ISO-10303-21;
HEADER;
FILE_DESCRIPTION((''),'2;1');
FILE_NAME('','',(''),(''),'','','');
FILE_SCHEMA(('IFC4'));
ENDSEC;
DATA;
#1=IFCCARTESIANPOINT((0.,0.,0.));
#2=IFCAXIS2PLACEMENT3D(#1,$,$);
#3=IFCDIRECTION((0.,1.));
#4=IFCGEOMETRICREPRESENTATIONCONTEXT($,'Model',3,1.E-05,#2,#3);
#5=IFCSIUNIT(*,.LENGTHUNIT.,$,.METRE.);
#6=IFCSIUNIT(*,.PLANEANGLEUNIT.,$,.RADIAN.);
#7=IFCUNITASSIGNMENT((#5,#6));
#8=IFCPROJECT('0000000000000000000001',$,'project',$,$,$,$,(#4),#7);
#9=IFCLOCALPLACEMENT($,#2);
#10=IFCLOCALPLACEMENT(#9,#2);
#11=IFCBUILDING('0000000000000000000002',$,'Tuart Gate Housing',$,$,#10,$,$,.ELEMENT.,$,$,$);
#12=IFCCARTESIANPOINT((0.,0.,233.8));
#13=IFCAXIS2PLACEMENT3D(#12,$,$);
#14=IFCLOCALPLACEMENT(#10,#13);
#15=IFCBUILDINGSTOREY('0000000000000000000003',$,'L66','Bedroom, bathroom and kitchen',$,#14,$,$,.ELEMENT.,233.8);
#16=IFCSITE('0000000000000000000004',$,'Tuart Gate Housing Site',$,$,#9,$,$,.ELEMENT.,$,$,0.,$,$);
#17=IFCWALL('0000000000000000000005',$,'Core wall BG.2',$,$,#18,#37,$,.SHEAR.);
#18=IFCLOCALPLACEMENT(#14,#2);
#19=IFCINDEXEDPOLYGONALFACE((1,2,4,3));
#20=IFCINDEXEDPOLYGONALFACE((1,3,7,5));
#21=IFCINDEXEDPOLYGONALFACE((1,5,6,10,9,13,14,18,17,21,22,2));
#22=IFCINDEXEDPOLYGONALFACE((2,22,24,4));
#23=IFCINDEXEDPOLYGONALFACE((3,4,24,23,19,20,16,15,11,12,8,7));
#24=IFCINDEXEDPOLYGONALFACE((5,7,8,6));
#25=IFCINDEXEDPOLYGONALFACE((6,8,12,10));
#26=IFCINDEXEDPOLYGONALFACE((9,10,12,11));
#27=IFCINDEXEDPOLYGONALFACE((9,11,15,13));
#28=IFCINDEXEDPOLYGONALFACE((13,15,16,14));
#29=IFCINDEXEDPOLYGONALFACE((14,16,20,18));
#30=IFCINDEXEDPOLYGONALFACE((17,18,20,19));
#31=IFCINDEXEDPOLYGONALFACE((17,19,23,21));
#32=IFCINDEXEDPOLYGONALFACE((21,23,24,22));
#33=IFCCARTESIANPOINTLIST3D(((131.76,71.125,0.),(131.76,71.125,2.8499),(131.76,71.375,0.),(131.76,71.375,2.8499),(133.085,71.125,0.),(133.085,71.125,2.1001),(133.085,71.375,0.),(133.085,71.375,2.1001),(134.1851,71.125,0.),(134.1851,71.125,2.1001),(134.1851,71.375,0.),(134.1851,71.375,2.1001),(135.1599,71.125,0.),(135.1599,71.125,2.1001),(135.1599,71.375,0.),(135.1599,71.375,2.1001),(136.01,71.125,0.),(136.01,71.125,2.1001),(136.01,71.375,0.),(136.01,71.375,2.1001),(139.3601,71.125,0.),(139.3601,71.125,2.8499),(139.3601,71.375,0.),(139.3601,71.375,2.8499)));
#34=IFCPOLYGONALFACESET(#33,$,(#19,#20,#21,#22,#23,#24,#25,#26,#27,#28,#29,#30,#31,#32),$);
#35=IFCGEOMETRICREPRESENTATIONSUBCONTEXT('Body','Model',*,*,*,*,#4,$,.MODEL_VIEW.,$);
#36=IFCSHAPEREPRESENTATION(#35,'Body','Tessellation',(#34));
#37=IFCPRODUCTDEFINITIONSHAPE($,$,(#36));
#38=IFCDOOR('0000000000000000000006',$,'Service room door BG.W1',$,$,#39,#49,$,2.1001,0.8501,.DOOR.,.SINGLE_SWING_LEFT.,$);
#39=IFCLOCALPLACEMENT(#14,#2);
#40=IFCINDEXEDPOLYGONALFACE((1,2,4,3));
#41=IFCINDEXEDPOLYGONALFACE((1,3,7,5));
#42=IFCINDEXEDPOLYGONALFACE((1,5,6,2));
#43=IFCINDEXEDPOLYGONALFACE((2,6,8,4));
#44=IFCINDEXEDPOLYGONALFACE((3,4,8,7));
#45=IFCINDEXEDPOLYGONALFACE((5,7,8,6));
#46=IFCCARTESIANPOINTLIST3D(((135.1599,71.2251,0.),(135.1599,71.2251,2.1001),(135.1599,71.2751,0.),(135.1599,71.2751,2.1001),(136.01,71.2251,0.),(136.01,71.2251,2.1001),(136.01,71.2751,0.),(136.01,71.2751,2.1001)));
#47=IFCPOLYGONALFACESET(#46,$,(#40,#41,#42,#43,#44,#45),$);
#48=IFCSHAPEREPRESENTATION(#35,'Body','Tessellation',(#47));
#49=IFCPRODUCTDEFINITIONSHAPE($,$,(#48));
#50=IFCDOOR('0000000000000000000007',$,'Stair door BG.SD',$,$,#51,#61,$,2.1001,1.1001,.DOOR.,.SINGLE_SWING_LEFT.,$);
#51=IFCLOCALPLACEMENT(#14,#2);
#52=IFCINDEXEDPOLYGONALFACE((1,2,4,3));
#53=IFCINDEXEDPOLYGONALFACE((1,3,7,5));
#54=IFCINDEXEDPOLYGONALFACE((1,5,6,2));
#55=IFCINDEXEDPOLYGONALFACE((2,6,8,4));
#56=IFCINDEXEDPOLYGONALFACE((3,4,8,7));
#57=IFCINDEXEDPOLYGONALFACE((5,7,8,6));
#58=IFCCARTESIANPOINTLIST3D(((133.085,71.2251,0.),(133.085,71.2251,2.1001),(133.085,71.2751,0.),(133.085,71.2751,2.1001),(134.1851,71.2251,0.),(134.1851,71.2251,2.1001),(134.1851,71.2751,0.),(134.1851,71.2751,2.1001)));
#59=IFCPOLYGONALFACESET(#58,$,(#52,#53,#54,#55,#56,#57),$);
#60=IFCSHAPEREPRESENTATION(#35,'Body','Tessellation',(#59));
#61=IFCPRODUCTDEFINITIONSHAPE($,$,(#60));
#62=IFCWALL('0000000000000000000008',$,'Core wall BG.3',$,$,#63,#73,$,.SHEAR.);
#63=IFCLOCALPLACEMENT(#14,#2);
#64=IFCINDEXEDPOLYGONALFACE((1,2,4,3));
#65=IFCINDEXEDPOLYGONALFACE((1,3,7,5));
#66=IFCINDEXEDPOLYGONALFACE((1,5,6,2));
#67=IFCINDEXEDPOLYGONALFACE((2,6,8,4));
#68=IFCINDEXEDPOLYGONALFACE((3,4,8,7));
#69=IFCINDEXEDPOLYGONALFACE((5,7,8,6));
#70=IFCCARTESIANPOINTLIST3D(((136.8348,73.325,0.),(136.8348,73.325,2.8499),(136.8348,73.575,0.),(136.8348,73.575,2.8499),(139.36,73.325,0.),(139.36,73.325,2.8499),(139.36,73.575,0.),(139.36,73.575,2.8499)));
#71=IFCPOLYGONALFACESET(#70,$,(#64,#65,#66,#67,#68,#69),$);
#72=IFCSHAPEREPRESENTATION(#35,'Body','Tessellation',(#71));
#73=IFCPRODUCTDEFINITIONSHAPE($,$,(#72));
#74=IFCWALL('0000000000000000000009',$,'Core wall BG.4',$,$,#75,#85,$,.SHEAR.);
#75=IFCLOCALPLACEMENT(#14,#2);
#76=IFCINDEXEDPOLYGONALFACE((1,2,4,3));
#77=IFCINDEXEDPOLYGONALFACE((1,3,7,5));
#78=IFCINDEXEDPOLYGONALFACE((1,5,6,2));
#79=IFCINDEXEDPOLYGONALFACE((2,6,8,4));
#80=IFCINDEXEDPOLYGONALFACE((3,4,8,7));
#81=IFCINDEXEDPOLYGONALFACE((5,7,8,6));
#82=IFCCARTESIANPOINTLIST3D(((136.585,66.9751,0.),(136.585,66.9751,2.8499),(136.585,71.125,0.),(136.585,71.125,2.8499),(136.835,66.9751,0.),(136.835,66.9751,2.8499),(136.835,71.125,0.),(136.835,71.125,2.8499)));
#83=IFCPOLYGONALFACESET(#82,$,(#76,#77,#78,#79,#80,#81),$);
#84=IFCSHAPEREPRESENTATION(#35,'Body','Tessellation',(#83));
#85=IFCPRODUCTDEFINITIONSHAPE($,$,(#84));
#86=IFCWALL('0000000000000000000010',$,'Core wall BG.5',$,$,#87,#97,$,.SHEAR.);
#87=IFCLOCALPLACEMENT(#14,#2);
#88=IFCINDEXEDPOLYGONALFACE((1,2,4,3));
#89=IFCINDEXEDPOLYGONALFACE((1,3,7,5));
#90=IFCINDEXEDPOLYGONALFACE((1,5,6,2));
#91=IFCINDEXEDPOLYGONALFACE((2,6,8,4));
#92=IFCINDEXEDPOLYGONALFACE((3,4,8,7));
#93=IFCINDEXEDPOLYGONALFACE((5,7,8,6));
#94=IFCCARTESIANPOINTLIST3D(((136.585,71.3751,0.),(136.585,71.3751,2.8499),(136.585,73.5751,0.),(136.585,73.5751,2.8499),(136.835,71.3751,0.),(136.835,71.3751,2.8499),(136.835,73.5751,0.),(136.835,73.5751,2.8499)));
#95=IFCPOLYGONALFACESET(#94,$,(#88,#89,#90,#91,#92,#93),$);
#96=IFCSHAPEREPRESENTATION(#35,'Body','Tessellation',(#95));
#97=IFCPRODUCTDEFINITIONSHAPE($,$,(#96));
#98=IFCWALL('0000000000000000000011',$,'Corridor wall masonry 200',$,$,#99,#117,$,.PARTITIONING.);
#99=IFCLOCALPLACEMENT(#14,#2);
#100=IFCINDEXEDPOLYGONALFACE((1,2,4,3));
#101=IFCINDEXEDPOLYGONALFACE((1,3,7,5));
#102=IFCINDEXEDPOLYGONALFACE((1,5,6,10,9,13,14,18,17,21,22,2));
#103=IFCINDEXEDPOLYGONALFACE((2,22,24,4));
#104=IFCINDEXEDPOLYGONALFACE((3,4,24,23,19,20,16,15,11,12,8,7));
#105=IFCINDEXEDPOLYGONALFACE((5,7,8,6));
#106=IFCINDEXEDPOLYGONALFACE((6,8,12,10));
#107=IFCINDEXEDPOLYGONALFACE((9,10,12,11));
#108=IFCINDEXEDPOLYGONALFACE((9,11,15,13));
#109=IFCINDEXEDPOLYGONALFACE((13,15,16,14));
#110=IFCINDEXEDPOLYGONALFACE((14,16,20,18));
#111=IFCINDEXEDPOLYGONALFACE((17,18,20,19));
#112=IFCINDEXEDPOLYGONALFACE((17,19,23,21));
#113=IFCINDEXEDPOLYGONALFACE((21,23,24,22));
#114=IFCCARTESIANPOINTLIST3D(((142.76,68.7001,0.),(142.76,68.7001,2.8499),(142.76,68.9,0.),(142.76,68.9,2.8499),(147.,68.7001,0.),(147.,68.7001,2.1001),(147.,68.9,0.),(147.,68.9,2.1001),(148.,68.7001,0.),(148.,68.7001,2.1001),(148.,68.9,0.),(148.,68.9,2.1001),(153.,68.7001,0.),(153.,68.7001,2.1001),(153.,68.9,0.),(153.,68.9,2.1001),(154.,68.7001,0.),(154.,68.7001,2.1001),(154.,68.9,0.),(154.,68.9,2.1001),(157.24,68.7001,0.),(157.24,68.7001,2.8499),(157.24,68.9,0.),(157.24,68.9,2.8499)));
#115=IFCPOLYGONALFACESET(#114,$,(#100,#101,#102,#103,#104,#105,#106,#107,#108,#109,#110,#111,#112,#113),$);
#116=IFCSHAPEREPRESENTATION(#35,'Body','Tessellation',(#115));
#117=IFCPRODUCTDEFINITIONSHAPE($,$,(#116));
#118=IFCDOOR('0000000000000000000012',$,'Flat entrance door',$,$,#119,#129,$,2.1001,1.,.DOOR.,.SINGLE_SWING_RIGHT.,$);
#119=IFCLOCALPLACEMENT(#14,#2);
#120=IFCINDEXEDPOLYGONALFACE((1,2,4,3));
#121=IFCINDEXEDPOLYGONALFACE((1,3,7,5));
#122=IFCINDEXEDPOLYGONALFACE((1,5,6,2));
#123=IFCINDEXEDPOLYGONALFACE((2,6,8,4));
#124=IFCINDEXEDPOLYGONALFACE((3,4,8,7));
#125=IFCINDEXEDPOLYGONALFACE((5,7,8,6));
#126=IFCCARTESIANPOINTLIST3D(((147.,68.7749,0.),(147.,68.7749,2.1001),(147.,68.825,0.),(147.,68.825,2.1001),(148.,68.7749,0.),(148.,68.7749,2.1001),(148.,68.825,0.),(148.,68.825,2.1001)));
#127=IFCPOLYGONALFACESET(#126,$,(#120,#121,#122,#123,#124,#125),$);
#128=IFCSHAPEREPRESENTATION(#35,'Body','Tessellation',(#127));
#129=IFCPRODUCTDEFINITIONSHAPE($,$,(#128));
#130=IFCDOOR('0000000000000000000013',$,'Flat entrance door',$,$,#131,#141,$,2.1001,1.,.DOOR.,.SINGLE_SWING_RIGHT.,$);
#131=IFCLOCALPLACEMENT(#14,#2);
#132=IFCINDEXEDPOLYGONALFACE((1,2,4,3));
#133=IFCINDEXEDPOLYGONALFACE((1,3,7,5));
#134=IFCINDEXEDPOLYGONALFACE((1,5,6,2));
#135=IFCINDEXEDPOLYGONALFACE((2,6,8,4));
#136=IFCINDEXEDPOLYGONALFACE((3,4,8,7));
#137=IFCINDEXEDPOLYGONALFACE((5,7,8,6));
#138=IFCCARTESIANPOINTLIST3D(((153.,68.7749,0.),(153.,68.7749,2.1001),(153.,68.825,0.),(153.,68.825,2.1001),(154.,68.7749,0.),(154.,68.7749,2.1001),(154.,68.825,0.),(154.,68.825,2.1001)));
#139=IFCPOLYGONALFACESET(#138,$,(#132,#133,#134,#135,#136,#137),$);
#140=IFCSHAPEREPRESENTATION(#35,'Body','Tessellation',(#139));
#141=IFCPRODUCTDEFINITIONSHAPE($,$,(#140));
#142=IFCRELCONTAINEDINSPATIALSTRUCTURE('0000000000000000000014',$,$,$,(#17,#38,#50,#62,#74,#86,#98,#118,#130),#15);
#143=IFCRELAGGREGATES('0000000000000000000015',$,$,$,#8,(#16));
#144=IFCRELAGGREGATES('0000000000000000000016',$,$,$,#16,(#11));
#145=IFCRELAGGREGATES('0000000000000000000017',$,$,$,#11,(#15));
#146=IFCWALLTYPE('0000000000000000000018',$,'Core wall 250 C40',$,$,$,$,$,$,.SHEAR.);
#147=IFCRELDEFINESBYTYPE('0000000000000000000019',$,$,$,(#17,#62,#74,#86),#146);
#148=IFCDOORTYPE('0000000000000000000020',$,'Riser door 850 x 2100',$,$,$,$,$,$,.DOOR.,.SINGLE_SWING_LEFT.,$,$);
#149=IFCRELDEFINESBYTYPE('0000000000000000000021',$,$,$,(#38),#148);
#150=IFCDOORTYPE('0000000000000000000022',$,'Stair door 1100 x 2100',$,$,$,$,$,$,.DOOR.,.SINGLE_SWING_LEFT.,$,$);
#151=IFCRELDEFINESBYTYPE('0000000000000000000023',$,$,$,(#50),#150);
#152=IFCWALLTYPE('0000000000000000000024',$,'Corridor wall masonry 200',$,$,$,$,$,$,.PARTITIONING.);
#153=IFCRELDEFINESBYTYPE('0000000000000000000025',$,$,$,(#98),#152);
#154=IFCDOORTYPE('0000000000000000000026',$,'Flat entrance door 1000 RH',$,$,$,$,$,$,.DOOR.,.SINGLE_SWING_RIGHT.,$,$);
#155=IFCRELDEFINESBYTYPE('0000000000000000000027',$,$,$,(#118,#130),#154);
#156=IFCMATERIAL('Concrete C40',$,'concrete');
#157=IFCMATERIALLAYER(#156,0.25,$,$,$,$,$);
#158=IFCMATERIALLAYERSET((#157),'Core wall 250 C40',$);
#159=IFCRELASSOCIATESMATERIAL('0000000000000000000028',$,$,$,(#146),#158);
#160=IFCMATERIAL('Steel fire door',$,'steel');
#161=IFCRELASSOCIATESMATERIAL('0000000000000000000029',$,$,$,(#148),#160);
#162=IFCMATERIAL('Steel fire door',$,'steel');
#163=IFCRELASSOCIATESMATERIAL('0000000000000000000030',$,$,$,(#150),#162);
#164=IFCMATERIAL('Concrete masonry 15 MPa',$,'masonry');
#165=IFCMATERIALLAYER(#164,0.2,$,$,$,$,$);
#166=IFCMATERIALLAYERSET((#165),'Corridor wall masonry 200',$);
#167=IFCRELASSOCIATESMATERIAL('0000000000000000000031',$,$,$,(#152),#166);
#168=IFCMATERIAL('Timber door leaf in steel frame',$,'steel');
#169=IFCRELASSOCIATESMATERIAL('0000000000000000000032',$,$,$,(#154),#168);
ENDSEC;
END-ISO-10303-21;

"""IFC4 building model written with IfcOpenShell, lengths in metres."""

from ifc_helpers import new_model, si_unit, direction, frame, frame_2d, origin, place, context, subcontext, project, spatial, rectangle, extrude, material, layer, layer_set, type_object, element, fill, save


model = new_model("IFC4")

# Units and contexts
model_context = context("Model", 3, precision=1e-05, world=origin(), true_north=direction((0.0, 1.0)))
body_context = subcontext(model_context, "Body", "Model", "MODEL_VIEW")
ifc_project = project(units=[si_unit("LENGTHUNIT", "METRE"), si_unit("PLANEANGLEUNIT", "RADIAN")], contexts=[model_context])

# Site, building, storey
site_placement = place(None, origin())
site = spatial("IfcSite", under=ifc_project, at=site_placement, Name="Tuart Gate Housing Site", CompositionType="ELEMENT", RefElevation=0.0)
building_placement = place(site_placement, origin())
building = spatial("IfcBuilding", under=site, at=building_placement, Name="Tuart Gate Housing", CompositionType="ELEMENT")
storey_placement = place(building_placement, frame((0.0, 0.0, 233.8)))
storey = spatial("IfcBuildingStorey", under=building, at=storey_placement, Name="L66", Description="Bedroom, bathroom and kitchen", CompositionType="ELEMENT", Elevation=233.8)

# Wall, openings, doors
ifc_material_1 = material(Name="Concrete C40", Category="concrete")
ifc_layer_1 = layer(ifc_material_1, 0.25)
ifc_layer_set_1 = layer_set([ifc_layer_1], Name="Core wall 250 C40")
wall_type_1 = type_object("IfcWallType", Name="Core wall 250 C40", PredefinedType="SHEAR", material=ifc_layer_set_1)
wall_1_placement = place(storey_placement, frame((139.3601, 71.25, 0.0), z_axis=(0.0, 0.0, 1.0), x_axis=(-1.0, 0.0, 0.0)))
wall_1 = element("IfcWall", 1, at=wall_1_placement, inside=storey, type_object=wall_type_1, Name="Core wall BG.2", PredefinedType="SHEAR", context=body_context, shape_type="SweptSolid", body=[
    extrude(rectangle(XDim=7.6001, YDim=0.25, at=frame_2d((3.8, 0.0))), origin(), (0.0, 0.0, 1.0), 2.8499),
])
opening_1_placement = place(wall_1_placement, frame((5.175, 0.0, 0.0)))
opening_1 = element("IfcOpeningElement", 2, at=opening_1_placement, cuts=wall_1, PredefinedType="OPENING", context=body_context, shape_type="SweptSolid", body=[
    extrude(rectangle(XDim=1.1001, YDim=2.1001, at=frame_2d((0.55, 1.05))), frame((0.0, 0.135, 0.0), z_axis=(0.0, -1.0, 0.0), x_axis=(1.0, 0.0, 0.0)), (0.0, 0.0, 1.0), 0.27),
])
opening_2_placement = place(wall_1_placement, frame((3.3501, 0.0, 0.0)))
opening_2 = element("IfcOpeningElement", 3, at=opening_2_placement, cuts=wall_1, PredefinedType="OPENING", context=body_context, shape_type="SweptSolid", body=[
    extrude(rectangle(XDim=0.8501, YDim=2.1001, at=frame_2d((0.425, 1.05))), frame((0.0, 0.135, 0.0), z_axis=(0.0, -1.0, 0.0), x_axis=(1.0, 0.0, 0.0)), (0.0, 0.0, 1.0), 0.27),
])
ifc_material_2 = material(Name="Steel fire door", Category="steel")
door_type_1 = type_object("IfcDoorType", Name="Riser door 850 x 2100", OperationType="SINGLE_SWING_LEFT", PredefinedType="DOOR", material=ifc_material_2)
door_1_placement = place(opening_2_placement, origin())
door_1 = element("IfcDoor", 4, at=door_1_placement, inside=storey, type_object=door_type_1, Name="Service room door BG.W1", OperationType="SINGLE_SWING_LEFT", OverallHeight=2.1001, OverallWidth=0.8501, PredefinedType="DOOR", context=body_context, shape_type="SweptSolid", body=[
    extrude(rectangle(XDim=0.8501, YDim=2.1001, at=frame_2d((0.425, 1.05))), frame((0.0, 0.0249, 0.0), z_axis=(0.0, -1.0, 0.0), x_axis=(1.0, 0.0, 0.0)), (0.0, 0.0, 1.0), 0.05),
])
fill(opening_2, door_1)
ifc_material_3 = material(Name="Steel fire door", Category="steel")
door_type_2 = type_object("IfcDoorType", Name="Stair door 1100 x 2100", OperationType="SINGLE_SWING_LEFT", PredefinedType="DOOR", material=ifc_material_3)
door_2_placement = place(opening_1_placement, origin())
door_2 = element("IfcDoor", 5, at=door_2_placement, inside=storey, type_object=door_type_2, Name="Stair door BG.SD", OperationType="SINGLE_SWING_LEFT", OverallHeight=2.1001, OverallWidth=1.1001, PredefinedType="DOOR", context=body_context, shape_type="SweptSolid", body=[
    extrude(rectangle(XDim=1.1001, YDim=2.1001, at=frame_2d((0.55, 1.05))), frame((0.0, 0.0249, 0.0), z_axis=(0.0, -1.0, 0.0), x_axis=(1.0, 0.0, 0.0)), (0.0, 0.0, 1.0), 0.05),
])
fill(opening_1, door_2)

# Walls
wall_2_placement = place(storey_placement, frame((139.3601, 73.45, 0.0), z_axis=(0.0, 0.0, 1.0), x_axis=(-1.0, 0.0, 0.0)))
element("IfcWall", 6, at=wall_2_placement, inside=storey, type_object=wall_type_1, Name="Core wall BG.3", PredefinedType="SHEAR", context=body_context, shape_type="SweptSolid", body=[
    extrude(rectangle(XDim=2.5251, YDim=0.25, at=frame_2d((1.2627, 0.0))), origin(), (0.0, 0.0, 1.0), 2.8499),
])
wall_3_placement = place(storey_placement, frame((136.71, 66.9751, 0.0), z_axis=(0.0, 0.0, 1.0), x_axis=(0.0, 1.0, 0.0)))
element("IfcWall", 7, at=wall_3_placement, inside=storey, type_object=wall_type_1, Name="Core wall BG.4", PredefinedType="SHEAR", context=body_context, shape_type="SweptSolid", body=[
    extrude(rectangle(XDim=4.1499, YDim=0.25, at=frame_2d((2.075, 0.0))), origin(), (0.0, 0.0, 1.0), 2.8499),
])
wall_4_placement = place(storey_placement, frame((136.71, 71.375, 0.0), z_axis=(0.0, 0.0, 1.0), x_axis=(0.0, 1.0, 0.0)))
element("IfcWall", 8, at=wall_4_placement, inside=storey, type_object=wall_type_1, Name="Core wall BG.5", PredefinedType="SHEAR", context=body_context, shape_type="SweptSolid", body=[
    extrude(rectangle(XDim=2.2, YDim=0.25, at=frame_2d((1.1001, 0.0))), origin(), (0.0, 0.0, 1.0), 2.8499),
])

# Wall, openings, doors
ifc_material_4 = material(Name="Concrete masonry 15 MPa", Category="masonry")
ifc_layer_2 = layer(ifc_material_4, 0.2)
ifc_layer_set_2 = layer_set([ifc_layer_2], Name="Corridor wall masonry 200")
wall_type_2 = type_object("IfcWallType", Name="Corridor wall masonry 200", PredefinedType="PARTITIONING", material=ifc_layer_set_2)
wall_5_placement = place(storey_placement, frame((142.76, 68.8, 0.0), z_axis=(0.0, 0.0, 1.0), x_axis=(1.0, 0.0, 0.0)))
wall_5 = element("IfcWall", 9, at=wall_5_placement, inside=storey, type_object=wall_type_2, Name="Corridor wall masonry 200", PredefinedType="PARTITIONING", context=body_context, shape_type="SweptSolid", body=[
    extrude(rectangle(XDim=14.48, YDim=0.2, at=frame_2d((7.24, 0.0))), origin(), (0.0, 0.0, 1.0), 2.8499),
])
opening_3_placement = place(wall_5_placement, frame((4.24, 0.0, 0.0)))
opening_3 = element("IfcOpeningElement", 10, at=opening_3_placement, cuts=wall_5, PredefinedType="OPENING", context=body_context, shape_type="SweptSolid", body=[
    extrude(rectangle(XDim=1.0, YDim=2.1001, at=frame_2d((0.5, 1.05))), frame((0.0, 0.1099, 0.0), z_axis=(0.0, -1.0, 0.0), x_axis=(1.0, 0.0, 0.0)), (0.0, 0.0, 1.0), 0.22),
])
opening_4_placement = place(wall_5_placement, frame((10.24, 0.0, 0.0)))
opening_4 = element("IfcOpeningElement", 11, at=opening_4_placement, cuts=wall_5, PredefinedType="OPENING", context=body_context, shape_type="SweptSolid", body=[
    extrude(rectangle(XDim=1.0, YDim=2.1001, at=frame_2d((0.5, 1.05))), frame((0.0, 0.1099, 0.0), z_axis=(0.0, -1.0, 0.0), x_axis=(1.0, 0.0, 0.0)), (0.0, 0.0, 1.0), 0.22),
])
ifc_material_5 = material(Name="Timber door leaf in steel frame", Category="steel")
door_type_3 = type_object("IfcDoorType", Name="Flat entrance door 1000 RH", OperationType="SINGLE_SWING_RIGHT", PredefinedType="DOOR", material=ifc_material_5)
door_3_placement = place(opening_3_placement, frame((1.0, 0.0, 0.0), z_axis=(0.0, 0.0, 1.0), x_axis=(-1.0, 0.0, 0.0)))
door_3 = element("IfcDoor", 12, at=door_3_placement, inside=storey, type_object=door_type_3, Name="Flat entrance door", OperationType="SINGLE_SWING_RIGHT", OverallHeight=2.1001, OverallWidth=1.0, PredefinedType="DOOR", context=body_context, shape_type="SweptSolid", body=[
    extrude(rectangle(XDim=1.0, YDim=2.1001, at=frame_2d((0.5, 1.05))), frame((0.0, 0.0251, 0.0), z_axis=(0.0, -1.0, 0.0), x_axis=(1.0, 0.0, 0.0)), (0.0, 0.0, 1.0), 0.05),
])
fill(opening_3, door_3)
door_4_placement = place(opening_4_placement, frame((1.0, 0.0, 0.0), z_axis=(0.0, 0.0, 1.0), x_axis=(-1.0, 0.0, 0.0)))
door_4 = element("IfcDoor", 13, at=door_4_placement, inside=storey, type_object=door_type_3, Name="Flat entrance door", OperationType="SINGLE_SWING_RIGHT", OverallHeight=2.1001, OverallWidth=1.0, PredefinedType="DOOR", context=body_context, shape_type="SweptSolid", body=[
    extrude(rectangle(XDim=1.0, YDim=2.1001, at=frame_2d((0.5, 1.05))), frame((0.0, 0.0251, 0.0), z_axis=(0.0, -1.0, 0.0), x_axis=(1.0, 0.0, 0.0)), (0.0, 0.0, 1.0), 0.05),
])
fill(opening_4, door_4)

save(model, "model.ifc")
